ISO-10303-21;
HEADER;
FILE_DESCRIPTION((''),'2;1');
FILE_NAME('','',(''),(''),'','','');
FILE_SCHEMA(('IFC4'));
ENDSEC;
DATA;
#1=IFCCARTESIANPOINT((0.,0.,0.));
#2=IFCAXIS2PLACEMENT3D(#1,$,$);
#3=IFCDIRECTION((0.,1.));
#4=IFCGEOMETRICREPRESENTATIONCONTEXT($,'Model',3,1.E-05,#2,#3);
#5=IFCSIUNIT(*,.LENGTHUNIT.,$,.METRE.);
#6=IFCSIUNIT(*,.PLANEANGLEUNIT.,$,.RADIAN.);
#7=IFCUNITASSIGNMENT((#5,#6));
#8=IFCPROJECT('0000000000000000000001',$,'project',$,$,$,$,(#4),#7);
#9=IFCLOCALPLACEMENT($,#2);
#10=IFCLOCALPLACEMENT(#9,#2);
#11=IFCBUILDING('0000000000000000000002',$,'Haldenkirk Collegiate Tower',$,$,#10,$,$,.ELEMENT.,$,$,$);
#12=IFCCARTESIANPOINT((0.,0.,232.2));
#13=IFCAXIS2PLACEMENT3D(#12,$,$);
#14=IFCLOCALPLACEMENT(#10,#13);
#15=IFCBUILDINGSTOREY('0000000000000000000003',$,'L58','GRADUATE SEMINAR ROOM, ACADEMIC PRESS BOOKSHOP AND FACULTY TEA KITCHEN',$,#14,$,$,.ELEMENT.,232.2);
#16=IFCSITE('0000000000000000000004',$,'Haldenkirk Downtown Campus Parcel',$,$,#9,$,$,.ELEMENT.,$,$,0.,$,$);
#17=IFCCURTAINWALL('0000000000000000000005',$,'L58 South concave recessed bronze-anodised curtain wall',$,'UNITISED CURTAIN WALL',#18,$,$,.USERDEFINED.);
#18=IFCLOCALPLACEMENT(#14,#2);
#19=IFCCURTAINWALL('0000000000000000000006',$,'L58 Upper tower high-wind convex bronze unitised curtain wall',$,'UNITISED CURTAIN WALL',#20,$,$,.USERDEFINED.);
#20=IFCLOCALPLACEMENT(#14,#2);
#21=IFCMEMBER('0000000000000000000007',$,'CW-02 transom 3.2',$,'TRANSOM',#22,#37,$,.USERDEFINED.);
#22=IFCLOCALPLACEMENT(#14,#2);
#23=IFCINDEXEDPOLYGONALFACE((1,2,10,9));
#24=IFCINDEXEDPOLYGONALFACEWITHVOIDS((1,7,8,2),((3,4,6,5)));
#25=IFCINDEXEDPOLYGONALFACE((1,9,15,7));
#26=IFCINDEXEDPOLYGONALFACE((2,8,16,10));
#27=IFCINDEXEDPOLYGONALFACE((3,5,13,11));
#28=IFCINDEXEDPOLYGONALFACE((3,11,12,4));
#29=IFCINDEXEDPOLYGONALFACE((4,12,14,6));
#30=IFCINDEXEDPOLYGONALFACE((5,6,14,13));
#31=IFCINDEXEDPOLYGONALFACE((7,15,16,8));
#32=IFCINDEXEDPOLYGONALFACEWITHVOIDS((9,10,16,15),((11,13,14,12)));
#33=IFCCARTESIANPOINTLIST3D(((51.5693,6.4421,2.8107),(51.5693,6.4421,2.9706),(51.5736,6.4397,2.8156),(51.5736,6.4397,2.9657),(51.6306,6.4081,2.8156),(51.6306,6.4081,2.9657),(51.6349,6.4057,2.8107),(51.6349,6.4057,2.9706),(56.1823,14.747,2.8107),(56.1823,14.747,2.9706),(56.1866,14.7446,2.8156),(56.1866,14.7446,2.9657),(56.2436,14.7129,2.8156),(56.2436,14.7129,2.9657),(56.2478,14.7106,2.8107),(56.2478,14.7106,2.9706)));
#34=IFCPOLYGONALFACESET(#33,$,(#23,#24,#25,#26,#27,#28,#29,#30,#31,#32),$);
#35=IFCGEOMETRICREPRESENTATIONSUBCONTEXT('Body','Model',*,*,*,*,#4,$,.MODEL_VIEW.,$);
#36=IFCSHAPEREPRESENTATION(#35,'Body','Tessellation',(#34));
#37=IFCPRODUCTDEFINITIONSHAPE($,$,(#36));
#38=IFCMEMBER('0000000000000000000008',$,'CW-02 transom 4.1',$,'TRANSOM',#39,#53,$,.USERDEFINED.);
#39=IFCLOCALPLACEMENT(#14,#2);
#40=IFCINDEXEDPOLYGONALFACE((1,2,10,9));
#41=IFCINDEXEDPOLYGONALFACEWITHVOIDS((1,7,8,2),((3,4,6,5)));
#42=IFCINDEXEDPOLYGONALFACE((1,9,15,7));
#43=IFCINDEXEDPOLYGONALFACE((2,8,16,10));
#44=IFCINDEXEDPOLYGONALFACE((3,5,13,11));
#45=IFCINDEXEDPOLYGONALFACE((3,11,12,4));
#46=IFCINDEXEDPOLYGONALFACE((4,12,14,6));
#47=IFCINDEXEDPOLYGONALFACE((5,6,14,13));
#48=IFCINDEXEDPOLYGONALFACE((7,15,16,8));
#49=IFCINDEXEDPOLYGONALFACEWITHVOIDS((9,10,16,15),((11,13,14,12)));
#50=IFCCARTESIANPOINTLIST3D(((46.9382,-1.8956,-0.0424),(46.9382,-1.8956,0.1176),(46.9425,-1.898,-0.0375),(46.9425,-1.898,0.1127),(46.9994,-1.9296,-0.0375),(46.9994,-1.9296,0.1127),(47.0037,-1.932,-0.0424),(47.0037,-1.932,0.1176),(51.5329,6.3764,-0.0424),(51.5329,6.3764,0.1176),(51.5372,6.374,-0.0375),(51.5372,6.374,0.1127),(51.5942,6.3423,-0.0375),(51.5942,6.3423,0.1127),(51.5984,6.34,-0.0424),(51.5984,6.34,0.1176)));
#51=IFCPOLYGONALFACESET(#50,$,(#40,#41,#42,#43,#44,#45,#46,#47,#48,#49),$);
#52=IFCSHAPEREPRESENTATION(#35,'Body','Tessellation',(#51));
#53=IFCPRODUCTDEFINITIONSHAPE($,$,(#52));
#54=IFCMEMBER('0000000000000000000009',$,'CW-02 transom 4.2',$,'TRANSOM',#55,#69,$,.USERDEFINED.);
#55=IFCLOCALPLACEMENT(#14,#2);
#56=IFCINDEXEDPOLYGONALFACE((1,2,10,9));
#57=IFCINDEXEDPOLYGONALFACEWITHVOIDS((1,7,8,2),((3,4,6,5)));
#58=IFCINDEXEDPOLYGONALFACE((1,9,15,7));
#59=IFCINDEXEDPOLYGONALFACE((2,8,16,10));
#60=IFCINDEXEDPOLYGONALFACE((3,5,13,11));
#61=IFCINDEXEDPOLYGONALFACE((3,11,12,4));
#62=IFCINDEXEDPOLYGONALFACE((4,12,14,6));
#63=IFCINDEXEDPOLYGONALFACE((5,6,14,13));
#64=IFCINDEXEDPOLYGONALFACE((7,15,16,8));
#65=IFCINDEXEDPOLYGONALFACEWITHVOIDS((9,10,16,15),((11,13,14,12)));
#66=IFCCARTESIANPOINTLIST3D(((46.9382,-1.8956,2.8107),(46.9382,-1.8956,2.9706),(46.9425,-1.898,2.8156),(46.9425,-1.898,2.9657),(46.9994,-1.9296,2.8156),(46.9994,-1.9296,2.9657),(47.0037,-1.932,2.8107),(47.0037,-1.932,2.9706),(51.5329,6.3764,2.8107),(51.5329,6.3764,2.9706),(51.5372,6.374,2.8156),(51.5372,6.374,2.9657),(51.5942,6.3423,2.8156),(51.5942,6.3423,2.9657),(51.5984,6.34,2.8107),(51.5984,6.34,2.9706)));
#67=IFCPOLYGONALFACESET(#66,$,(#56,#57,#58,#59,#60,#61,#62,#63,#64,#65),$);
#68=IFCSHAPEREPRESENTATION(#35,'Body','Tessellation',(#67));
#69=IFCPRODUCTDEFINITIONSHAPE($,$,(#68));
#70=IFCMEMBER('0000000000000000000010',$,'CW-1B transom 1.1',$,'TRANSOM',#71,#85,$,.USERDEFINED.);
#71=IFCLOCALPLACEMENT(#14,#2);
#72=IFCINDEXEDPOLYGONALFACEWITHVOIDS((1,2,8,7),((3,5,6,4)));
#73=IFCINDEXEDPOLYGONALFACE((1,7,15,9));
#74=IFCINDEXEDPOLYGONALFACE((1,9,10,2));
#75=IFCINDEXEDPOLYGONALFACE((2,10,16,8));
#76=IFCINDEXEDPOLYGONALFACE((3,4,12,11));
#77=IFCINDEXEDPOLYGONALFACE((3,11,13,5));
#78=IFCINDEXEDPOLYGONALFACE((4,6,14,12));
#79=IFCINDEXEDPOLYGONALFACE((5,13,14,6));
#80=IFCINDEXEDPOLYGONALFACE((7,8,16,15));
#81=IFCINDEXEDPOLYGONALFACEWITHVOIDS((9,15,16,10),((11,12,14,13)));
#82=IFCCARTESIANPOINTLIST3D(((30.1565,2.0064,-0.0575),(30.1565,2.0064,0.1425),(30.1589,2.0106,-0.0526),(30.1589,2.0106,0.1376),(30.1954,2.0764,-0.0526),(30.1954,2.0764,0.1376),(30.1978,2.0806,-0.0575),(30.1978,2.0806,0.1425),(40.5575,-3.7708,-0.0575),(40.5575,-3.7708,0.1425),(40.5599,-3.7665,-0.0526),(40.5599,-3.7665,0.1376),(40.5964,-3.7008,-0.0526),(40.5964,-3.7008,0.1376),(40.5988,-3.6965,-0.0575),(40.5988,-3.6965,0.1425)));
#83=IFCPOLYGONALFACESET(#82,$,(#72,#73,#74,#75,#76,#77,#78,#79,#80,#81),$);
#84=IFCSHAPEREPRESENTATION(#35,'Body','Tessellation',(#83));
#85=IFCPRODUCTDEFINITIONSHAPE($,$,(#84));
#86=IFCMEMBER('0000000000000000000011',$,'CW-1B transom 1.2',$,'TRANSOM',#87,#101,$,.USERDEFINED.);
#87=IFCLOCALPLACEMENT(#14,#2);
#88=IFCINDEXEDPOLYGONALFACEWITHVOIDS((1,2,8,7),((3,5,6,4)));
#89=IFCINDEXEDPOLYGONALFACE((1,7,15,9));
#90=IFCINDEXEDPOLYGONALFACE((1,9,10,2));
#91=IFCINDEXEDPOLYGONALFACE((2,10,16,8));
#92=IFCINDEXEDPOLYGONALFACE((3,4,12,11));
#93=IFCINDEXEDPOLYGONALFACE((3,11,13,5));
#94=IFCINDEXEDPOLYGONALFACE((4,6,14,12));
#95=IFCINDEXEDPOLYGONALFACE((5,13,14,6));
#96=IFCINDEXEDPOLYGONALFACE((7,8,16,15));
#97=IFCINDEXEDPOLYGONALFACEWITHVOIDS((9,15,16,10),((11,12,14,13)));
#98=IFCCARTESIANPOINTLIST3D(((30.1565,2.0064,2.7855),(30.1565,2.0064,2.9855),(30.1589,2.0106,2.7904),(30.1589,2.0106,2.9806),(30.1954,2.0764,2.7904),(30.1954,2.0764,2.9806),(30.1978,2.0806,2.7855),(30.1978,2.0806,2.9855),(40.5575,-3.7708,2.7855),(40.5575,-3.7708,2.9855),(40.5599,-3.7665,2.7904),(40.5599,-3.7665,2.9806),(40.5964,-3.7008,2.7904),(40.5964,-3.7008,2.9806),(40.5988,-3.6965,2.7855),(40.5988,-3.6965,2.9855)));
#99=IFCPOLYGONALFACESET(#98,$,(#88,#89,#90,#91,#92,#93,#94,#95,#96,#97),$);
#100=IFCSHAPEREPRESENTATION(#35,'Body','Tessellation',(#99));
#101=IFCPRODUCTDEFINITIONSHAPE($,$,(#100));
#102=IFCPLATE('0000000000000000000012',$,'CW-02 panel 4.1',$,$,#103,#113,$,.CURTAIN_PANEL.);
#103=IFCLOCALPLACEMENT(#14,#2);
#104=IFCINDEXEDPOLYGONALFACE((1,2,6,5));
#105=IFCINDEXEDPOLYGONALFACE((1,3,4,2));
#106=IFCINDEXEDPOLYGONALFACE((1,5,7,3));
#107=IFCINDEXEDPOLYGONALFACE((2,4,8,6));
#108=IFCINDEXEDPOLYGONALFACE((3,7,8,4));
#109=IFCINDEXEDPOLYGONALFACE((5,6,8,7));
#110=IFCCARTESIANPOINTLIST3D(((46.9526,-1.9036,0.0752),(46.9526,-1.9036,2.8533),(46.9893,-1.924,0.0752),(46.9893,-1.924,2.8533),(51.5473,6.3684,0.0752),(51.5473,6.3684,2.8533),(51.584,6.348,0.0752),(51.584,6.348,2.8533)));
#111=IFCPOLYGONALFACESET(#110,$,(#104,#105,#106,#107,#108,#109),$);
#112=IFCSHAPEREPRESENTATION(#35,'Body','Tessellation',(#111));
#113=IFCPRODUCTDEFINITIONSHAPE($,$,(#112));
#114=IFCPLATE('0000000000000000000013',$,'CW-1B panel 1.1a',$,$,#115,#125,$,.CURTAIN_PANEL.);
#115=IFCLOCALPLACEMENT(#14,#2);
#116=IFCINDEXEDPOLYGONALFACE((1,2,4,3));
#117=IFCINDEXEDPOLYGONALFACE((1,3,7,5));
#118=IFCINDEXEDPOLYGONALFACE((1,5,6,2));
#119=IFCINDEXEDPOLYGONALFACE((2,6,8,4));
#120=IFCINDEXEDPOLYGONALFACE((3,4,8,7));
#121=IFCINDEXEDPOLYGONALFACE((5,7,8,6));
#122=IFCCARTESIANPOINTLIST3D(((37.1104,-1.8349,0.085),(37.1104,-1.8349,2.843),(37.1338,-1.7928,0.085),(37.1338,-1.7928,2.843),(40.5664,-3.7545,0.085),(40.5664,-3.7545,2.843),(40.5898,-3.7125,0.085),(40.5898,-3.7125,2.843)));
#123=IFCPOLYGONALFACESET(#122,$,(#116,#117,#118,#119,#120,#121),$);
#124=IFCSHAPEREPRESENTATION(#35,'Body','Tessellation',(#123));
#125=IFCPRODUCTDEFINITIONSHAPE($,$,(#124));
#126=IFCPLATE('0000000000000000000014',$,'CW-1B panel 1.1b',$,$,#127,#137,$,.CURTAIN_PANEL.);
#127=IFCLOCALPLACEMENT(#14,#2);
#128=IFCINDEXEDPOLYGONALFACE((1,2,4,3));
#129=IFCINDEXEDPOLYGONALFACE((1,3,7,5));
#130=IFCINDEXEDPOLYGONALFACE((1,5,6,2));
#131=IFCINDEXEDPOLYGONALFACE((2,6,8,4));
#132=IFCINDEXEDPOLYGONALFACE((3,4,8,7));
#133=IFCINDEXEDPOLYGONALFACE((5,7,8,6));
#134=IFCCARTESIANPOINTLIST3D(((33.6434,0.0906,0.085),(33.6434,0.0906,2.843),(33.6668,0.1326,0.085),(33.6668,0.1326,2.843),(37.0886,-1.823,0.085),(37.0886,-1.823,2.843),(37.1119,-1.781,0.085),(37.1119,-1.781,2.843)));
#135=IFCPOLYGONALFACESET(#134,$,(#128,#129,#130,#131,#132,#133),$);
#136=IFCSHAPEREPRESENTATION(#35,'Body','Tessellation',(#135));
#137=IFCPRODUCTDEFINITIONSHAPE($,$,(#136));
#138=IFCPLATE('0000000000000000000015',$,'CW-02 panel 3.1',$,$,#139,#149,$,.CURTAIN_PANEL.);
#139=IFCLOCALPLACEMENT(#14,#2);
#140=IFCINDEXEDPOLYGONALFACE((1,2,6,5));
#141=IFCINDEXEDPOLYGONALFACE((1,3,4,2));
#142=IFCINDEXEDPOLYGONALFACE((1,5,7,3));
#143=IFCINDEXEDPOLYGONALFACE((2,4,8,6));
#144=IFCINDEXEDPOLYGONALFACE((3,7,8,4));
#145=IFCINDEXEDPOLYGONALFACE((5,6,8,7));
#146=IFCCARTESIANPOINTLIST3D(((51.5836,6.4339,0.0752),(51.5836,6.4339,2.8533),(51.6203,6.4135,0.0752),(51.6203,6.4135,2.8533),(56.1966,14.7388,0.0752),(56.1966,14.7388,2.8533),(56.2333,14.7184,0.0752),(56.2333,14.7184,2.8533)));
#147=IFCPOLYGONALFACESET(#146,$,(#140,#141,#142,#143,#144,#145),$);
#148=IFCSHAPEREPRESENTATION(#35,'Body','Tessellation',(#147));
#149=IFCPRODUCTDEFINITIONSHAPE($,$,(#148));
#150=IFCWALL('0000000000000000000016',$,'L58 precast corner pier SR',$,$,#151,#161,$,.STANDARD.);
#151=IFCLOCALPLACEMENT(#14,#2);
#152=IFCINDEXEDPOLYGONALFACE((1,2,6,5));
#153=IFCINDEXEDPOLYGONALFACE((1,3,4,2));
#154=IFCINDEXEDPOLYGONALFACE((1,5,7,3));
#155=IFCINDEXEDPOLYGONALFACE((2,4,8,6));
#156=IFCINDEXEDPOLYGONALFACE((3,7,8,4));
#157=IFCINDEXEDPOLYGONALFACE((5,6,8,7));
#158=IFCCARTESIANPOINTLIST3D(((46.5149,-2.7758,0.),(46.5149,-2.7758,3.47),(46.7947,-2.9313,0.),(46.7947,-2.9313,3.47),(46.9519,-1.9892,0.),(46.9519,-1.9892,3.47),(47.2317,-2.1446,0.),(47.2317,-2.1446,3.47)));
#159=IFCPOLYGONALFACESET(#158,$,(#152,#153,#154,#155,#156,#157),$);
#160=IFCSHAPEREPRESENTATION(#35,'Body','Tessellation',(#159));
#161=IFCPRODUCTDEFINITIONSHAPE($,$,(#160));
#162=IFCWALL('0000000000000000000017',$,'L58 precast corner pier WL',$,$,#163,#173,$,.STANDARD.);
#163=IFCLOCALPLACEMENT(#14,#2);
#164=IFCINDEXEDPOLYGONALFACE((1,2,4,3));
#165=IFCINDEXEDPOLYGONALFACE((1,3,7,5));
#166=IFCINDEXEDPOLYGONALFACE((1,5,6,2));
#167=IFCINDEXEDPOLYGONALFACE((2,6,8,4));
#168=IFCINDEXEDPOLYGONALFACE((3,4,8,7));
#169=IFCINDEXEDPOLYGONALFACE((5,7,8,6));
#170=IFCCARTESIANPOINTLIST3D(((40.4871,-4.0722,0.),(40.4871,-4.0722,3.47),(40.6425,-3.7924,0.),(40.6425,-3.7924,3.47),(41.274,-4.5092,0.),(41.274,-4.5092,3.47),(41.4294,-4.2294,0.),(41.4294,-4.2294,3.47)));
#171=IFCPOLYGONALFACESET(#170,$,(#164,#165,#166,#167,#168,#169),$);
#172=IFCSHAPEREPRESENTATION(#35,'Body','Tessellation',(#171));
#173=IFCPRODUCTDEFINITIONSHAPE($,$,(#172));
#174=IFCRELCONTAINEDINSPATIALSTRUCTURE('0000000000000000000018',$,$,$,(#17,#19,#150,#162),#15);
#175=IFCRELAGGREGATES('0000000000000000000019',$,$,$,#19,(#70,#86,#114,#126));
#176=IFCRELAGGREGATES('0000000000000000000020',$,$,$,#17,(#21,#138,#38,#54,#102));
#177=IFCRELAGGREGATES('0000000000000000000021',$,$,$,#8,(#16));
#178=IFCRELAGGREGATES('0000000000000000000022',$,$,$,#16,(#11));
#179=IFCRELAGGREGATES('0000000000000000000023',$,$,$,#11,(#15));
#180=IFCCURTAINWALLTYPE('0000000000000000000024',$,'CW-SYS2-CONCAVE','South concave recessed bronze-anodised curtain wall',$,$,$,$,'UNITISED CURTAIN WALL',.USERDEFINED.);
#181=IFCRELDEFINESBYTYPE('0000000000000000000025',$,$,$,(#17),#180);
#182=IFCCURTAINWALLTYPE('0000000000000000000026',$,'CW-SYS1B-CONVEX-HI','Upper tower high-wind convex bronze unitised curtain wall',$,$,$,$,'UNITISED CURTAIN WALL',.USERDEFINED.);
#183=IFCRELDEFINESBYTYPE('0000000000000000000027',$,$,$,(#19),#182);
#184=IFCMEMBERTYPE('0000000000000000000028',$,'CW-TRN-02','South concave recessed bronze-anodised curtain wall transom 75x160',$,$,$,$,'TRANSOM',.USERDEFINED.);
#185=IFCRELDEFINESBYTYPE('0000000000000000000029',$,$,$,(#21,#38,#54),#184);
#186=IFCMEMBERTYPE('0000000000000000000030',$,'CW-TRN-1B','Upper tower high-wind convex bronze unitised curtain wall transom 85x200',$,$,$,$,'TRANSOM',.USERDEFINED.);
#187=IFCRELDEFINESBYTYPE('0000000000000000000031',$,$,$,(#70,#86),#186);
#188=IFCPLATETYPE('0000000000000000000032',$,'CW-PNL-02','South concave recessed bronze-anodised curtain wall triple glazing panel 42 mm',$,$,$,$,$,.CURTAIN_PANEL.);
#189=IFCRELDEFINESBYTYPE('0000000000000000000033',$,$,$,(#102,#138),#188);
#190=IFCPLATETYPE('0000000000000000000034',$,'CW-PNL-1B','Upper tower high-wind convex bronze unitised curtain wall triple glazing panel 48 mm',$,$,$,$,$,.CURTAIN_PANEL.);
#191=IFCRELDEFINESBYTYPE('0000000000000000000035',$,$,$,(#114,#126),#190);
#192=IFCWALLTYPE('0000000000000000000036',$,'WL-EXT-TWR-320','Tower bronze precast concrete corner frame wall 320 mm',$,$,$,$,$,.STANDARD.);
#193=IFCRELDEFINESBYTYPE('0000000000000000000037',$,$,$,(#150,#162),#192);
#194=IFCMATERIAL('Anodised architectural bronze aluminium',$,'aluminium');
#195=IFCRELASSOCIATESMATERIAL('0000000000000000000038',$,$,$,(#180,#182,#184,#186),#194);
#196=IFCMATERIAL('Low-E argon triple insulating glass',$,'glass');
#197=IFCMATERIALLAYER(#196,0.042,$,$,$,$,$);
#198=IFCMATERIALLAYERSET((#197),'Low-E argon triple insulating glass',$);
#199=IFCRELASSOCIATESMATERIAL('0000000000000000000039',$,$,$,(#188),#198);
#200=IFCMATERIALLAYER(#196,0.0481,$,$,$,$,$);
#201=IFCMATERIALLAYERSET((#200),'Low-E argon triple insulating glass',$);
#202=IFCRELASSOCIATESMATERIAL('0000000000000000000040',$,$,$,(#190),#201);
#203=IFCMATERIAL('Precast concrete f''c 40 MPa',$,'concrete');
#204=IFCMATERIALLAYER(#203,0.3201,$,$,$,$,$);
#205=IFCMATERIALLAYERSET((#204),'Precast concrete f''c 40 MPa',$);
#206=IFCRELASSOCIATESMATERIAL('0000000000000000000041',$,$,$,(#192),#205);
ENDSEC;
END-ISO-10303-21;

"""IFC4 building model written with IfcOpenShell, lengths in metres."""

from ifc_helpers import new_model, si_unit, direction, frame, frame_2d, origin, origin_2d, place, context, subcontext, project, spatial, rectangle, hollow_rectangle, extrude, source, transform, mapped, material, layer, layer_set, material_profile, profile_set, type_object, element, aggregate, save


model = new_model("IFC4")

# Units and contexts
model_context = context("Model", 3, precision=1e-05, world=origin(), true_north=direction((0.0, 1.0)))
body_context = subcontext(model_context, "Body", "Model", "MODEL_VIEW")
ifc_project = project(units=[si_unit("LENGTHUNIT", "METRE"), si_unit("PLANEANGLEUNIT", "RADIAN")], contexts=[model_context])

# Site, building, storey
site_placement = place(None, origin())
site = spatial("IfcSite", under=ifc_project, at=site_placement, Name="Haldenkirk Downtown Campus Parcel", CompositionType="ELEMENT", RefElevation=0.0)
building_placement = place(site_placement, origin())
building = spatial("IfcBuilding", under=site, at=building_placement, Name="Haldenkirk Collegiate Tower", CompositionType="ELEMENT")
storey_placement = place(building_placement, frame((0.0, 0.0, 232.2)))
storey = spatial("IfcBuildingStorey", under=building, at=storey_placement, Name="L58", Description="GRADUATE SEMINAR ROOM, ACADEMIC PRESS BOOKSHOP AND FACULTY TEA KITCHEN", CompositionType="ELEMENT", Elevation=232.2)

# Curtain wall
ifc_material_1 = material(Name="Anodised architectural bronze aluminium", Category="aluminium")
curtain_wall_type_1 = type_object("IfcCurtainWallType", Name="CW-SYS2-CONCAVE", Description="South concave recessed bronze-anodised curtain wall", ElementType="UNITISED CURTAIN WALL", PredefinedType="USERDEFINED", material=ifc_material_1)
curtain_wall_1_placement = place(storey_placement, origin())
curtain_wall_1 = element("IfcCurtainWall", 1, at=curtain_wall_1_placement, inside=storey, type_object=curtain_wall_type_1, Name="L58 South concave recessed bronze-anodised curtain wall", ObjectType="UNITISED CURTAIN WALL", PredefinedType="USERDEFINED")

# Curtain wall
curtain_wall_type_2 = type_object("IfcCurtainWallType", Name="CW-SYS1B-CONVEX-HI", Description="Upper tower high-wind convex bronze unitised curtain wall", ElementType="UNITISED CURTAIN WALL", PredefinedType="USERDEFINED", material=ifc_material_1)
curtain_wall_2_placement = place(storey_placement, origin())
curtain_wall_2 = element("IfcCurtainWall", 2, at=curtain_wall_2_placement, inside=storey, type_object=curtain_wall_type_2, Name="L58 Upper tower high-wind convex bronze unitised curtain wall", ObjectType="UNITISED CURTAIN WALL", PredefinedType="USERDEFINED")

# Members
ifc_material_profile_1 = material_profile(ifc_material_1, hollow_rectangle(XDim=0.075, YDim=0.1599, WallThickness=0.0049, at=origin_2d()), Name="CW-TRN-02")
ifc_profile_set_1 = profile_set([ifc_material_profile_1], Name="Anodised architectural bronze aluminium")
member_type_1 = type_object("IfcMemberType", Name="CW-TRN-02", Description="South concave recessed bronze-anodised curtain wall transom 75x160", ElementType="TRANSOM", PredefinedType="USERDEFINED", material=ifc_profile_set_1)
member_1_placement = place(storey_placement, frame((56.2151, 14.7288, 2.8906), z_axis=(-0.485577, -0.874194, 0.0), x_axis=(0.874194, -0.485577, 0.0)))
member_1 = element("IfcMember", 3, at=member_1_placement, type_object=member_type_1, Name="CW-02 transom 3.2", ObjectType="TRANSOM", PredefinedType="USERDEFINED", context=body_context, shape_type="SweptSolid", body=[
    extrude(hollow_rectangle(XDim=0.075, YDim=0.1599, WallThickness=0.0049, at=origin_2d()), origin(), (0.0, 0.0, 1.0), 9.5),
])
member_2_placement = place(storey_placement, frame((51.5657, 6.3582, 0.0376), z_axis=(-0.485577, -0.874194, 0.0), x_axis=(0.874194, -0.485577, 0.0)))
member_2 = element("IfcMember", 4, at=member_2_placement, type_object=member_type_1, Name="CW-02 transom 4.1", ObjectType="TRANSOM", PredefinedType="USERDEFINED", context=body_context, shape_type="SweptSolid", body=[
    extrude(hollow_rectangle(XDim=0.075, YDim=0.1599, WallThickness=0.0049, at=origin_2d()), origin(), (0.0, 0.0, 1.0), 9.4624),
])
member_3_placement = place(storey_placement, frame((51.5657, 6.3582, 2.8906), z_axis=(-0.485577, -0.874194, 0.0), x_axis=(0.874194, -0.485577, 0.0)))
member_3 = element("IfcMember", 5, at=member_3_placement, type_object=member_type_1, Name="CW-02 transom 4.2", ObjectType="TRANSOM", PredefinedType="USERDEFINED", context=body_context, shape_type="SweptSolid", body=[
    extrude(hollow_rectangle(XDim=0.075, YDim=0.1599, WallThickness=0.0049, at=origin_2d()), origin(), (0.0, 0.0, 1.0), 9.4624),
])
ifc_material_profile_2 = material_profile(ifc_material_1, hollow_rectangle(XDim=0.085, YDim=0.2, WallThickness=0.0049, at=origin_2d()), Name="CW-TRN-1B")
ifc_profile_set_2 = profile_set([ifc_material_profile_2], Name="Anodised architectural bronze aluminium")
member_type_2 = type_object("IfcMemberType", Name="CW-TRN-1B", Description="Upper tower high-wind convex bronze unitised curtain wall transom 85x200", ElementType="TRANSOM", PredefinedType="USERDEFINED", material=ifc_profile_set_2)
member_4_placement = place(storey_placement, frame((40.5781, -3.7336, 0.0425), z_axis=(-0.874199, 0.485568, 0.0), x_axis=(-0.485568, -0.874199, 0.0)))
member_4 = element("IfcMember", 6, at=member_4_placement, type_object=member_type_2, Name="CW-1B transom 1.1", ObjectType="TRANSOM", PredefinedType="USERDEFINED", context=body_context, shape_type="SweptSolid", body=[
    extrude(hollow_rectangle(XDim=0.085, YDim=0.2, WallThickness=0.0049, at=origin_2d()), origin(), (0.0, 0.0, 1.0), 11.8977),
])
member_5_placement = place(storey_placement, frame((40.5781, -3.7336, 2.8855), z_axis=(-0.874199, 0.485568, 0.0), x_axis=(-0.485568, -0.874199, 0.0)))
member_5 = element("IfcMember", 7, at=member_5_placement, type_object=member_type_2, Name="CW-1B transom 1.2", ObjectType="TRANSOM", PredefinedType="USERDEFINED", context=body_context, shape_type="SweptSolid", body=[
    extrude(hollow_rectangle(XDim=0.085, YDim=0.2, WallThickness=0.0049, at=origin_2d()), origin(), (0.0, 0.0, 1.0), 11.8977),
])

# Plates
ifc_material_2 = material(Name="Low-E argon triple insulating glass", Category="glass")
ifc_layer_1 = layer(ifc_material_2, 0.042)
ifc_layer_set_1 = layer_set([ifc_layer_1], Name="Low-E argon triple insulating glass")
plate_type_1 = type_object("IfcPlateType", Name="CW-PNL-02", Description="South concave recessed bronze-anodised curtain wall triple glazing panel 42 mm", PredefinedType="CURTAIN_PANEL", material=ifc_layer_set_1)
shared_shape_1 = source(origin(), body_context, "Body", "SweptSolid", [
    extrude(rectangle(XDim=9.4624, YDim=0.042, at=origin_2d()), origin(), (0.0, 0.0, 1.0), 2.7781),
])
plate_1_placement = place(storey_placement, frame((49.2683, 2.2222, 0.0752), z_axis=(0.0, 0.0, 1.0), x_axis=(-0.485574, -0.874195, 0.0)))
plate_1 = element("IfcPlate", 8, at=plate_1_placement, type_object=plate_type_1, Name="CW-02 panel 4.1", PredefinedType="CURTAIN_PANEL", context=body_context, shape_type="MappedRepresentation", body=[
    mapped(shared_shape_1, transform((0.0, 0.0, 0.0), x_axis=(1.0, 0.0, 0.0), y_axis=(0.0, 1.0, 0.0), z_axis=(0.0, 0.0, 1.0), scale=1.0)),
])
ifc_layer_2 = layer(ifc_material_2, 0.0481)
ifc_layer_set_2 = layer_set([ifc_layer_2], Name="Low-E argon triple insulating glass")
plate_type_2 = type_object("IfcPlateType", Name="CW-PNL-1B", Description="Upper tower high-wind convex bronze unitised curtain wall triple glazing panel 48 mm", PredefinedType="CURTAIN_PANEL", material=ifc_layer_set_2)
shared_shape_2 = source(origin(), body_context, "Body", "SweptSolid", [
    extrude(rectangle(XDim=3.9534, YDim=0.0481, at=origin_2d()), origin(), (0.0, 0.0, 1.0), 2.7581),
])
plate_2_placement = place(storey_placement, frame((38.8501, -2.7737, 0.085), z_axis=(0.0, 0.0, 1.0), x_axis=(-0.874195, 0.485574, 0.0)))
plate_2 = element("IfcPlate", 9, at=plate_2_placement, type_object=plate_type_2, Name="CW-1B panel 1.1a", PredefinedType="CURTAIN_PANEL", context=body_context, shape_type="MappedRepresentation", body=[
    mapped(shared_shape_2, transform((0.0, 0.0, 0.0), x_axis=(1.0, 0.0, 0.0), y_axis=(0.0, 1.0, 0.0), z_axis=(0.0, 0.0, 1.0), scale=1.0)),
])
shared_shape_3 = source(origin(), body_context, "Body", "SweptSolid", [
    extrude(rectangle(XDim=3.9409, YDim=0.0481, at=origin_2d()), origin(), (0.0, 0.0, 1.0), 2.7581),
])
plate_3_placement = place(storey_placement, frame((35.3777, -0.8452, 0.085), z_axis=(0.0, 0.0, 1.0), x_axis=(-0.874195, 0.485574, 0.0)))
plate_3 = element("IfcPlate", 10, at=plate_3_placement, type_object=plate_type_2, Name="CW-1B panel 1.1b", PredefinedType="CURTAIN_PANEL", context=body_context, shape_type="MappedRepresentation", body=[
    mapped(shared_shape_3, transform((0.0, 0.0, 0.0), x_axis=(1.0, 0.0, 0.0), y_axis=(0.0, 1.0, 0.0), z_axis=(0.0, 0.0, 1.0), scale=1.0)),
])
aggregate(curtain_wall_2, [member_4, member_5, plate_2, plate_3])
shared_shape_4 = source(origin(), body_context, "Body", "SweptSolid", [
    extrude(rectangle(XDim=9.5, YDim=0.042, at=origin_2d()), origin(), (0.0, 0.0, 1.0), 2.7781),
])
plate_4_placement = place(storey_placement, frame((53.9084, 10.5762, 0.0752), z_axis=(0.0, 0.0, 1.0), x_axis=(-0.485574, -0.874195, 0.0)))
plate_4 = element("IfcPlate", 11, at=plate_4_placement, type_object=plate_type_1, Name="CW-02 panel 3.1", PredefinedType="CURTAIN_PANEL", context=body_context, shape_type="MappedRepresentation", body=[
    mapped(shared_shape_4, transform((0.0, 0.0, 0.0), x_axis=(1.0, 0.0, 0.0), y_axis=(0.0, 1.0, 0.0), z_axis=(0.0, 0.0, 1.0), scale=1.0)),
])
aggregate(curtain_wall_1, [member_1, plate_4, member_2, member_3, plate_1])

# Walls
ifc_material_3 = material(Name="Precast concrete f'c 40 MPa", Category="concrete")
ifc_layer_3 = layer(ifc_material_3, 0.3201)
ifc_layer_set_3 = layer_set([ifc_layer_3], Name="Precast concrete f'c 40 MPa")
wall_type_1 = type_object("IfcWallType", Name="WL-EXT-TWR-320", Description="Tower bronze precast concrete corner frame wall 320 mm", PredefinedType="STANDARD", material=ifc_layer_set_3)
wall_1_placement = place(storey_placement, frame((47.0918, -2.0669, 0.0), z_axis=(0.0, 0.0, 1.0), x_axis=(-0.485643, -0.874157, 0.0)))
element("IfcWall", 12, at=wall_1_placement, inside=storey, type_object=wall_type_1, Name="L58 precast corner pier SR", PredefinedType="STANDARD", context=body_context, shape_type="SweptSolid", body=[
    extrude(rectangle(XDim=0.8999, YDim=0.3201, at=frame_2d((0.45, 0.0))), origin(), (0.0, 0.0, 1.0), 3.47),
])
wall_2_placement = place(storey_placement, frame((41.3518, -4.3694, 0.0), z_axis=(0.0, 0.0, 1.0), x_axis=(-0.874221, 0.485528, 0.0)))
element("IfcWall", 13, at=wall_2_placement, inside=storey, type_object=wall_type_1, Name="L58 precast corner pier WL", PredefinedType="STANDARD", context=body_context, shape_type="SweptSolid", body=[
    extrude(rectangle(XDim=0.9001, YDim=0.3201, at=frame_2d((0.4502, 0.0))), origin(), (0.0, 0.0, 1.0), 3.47),
])

save(model, "model.ifc")
